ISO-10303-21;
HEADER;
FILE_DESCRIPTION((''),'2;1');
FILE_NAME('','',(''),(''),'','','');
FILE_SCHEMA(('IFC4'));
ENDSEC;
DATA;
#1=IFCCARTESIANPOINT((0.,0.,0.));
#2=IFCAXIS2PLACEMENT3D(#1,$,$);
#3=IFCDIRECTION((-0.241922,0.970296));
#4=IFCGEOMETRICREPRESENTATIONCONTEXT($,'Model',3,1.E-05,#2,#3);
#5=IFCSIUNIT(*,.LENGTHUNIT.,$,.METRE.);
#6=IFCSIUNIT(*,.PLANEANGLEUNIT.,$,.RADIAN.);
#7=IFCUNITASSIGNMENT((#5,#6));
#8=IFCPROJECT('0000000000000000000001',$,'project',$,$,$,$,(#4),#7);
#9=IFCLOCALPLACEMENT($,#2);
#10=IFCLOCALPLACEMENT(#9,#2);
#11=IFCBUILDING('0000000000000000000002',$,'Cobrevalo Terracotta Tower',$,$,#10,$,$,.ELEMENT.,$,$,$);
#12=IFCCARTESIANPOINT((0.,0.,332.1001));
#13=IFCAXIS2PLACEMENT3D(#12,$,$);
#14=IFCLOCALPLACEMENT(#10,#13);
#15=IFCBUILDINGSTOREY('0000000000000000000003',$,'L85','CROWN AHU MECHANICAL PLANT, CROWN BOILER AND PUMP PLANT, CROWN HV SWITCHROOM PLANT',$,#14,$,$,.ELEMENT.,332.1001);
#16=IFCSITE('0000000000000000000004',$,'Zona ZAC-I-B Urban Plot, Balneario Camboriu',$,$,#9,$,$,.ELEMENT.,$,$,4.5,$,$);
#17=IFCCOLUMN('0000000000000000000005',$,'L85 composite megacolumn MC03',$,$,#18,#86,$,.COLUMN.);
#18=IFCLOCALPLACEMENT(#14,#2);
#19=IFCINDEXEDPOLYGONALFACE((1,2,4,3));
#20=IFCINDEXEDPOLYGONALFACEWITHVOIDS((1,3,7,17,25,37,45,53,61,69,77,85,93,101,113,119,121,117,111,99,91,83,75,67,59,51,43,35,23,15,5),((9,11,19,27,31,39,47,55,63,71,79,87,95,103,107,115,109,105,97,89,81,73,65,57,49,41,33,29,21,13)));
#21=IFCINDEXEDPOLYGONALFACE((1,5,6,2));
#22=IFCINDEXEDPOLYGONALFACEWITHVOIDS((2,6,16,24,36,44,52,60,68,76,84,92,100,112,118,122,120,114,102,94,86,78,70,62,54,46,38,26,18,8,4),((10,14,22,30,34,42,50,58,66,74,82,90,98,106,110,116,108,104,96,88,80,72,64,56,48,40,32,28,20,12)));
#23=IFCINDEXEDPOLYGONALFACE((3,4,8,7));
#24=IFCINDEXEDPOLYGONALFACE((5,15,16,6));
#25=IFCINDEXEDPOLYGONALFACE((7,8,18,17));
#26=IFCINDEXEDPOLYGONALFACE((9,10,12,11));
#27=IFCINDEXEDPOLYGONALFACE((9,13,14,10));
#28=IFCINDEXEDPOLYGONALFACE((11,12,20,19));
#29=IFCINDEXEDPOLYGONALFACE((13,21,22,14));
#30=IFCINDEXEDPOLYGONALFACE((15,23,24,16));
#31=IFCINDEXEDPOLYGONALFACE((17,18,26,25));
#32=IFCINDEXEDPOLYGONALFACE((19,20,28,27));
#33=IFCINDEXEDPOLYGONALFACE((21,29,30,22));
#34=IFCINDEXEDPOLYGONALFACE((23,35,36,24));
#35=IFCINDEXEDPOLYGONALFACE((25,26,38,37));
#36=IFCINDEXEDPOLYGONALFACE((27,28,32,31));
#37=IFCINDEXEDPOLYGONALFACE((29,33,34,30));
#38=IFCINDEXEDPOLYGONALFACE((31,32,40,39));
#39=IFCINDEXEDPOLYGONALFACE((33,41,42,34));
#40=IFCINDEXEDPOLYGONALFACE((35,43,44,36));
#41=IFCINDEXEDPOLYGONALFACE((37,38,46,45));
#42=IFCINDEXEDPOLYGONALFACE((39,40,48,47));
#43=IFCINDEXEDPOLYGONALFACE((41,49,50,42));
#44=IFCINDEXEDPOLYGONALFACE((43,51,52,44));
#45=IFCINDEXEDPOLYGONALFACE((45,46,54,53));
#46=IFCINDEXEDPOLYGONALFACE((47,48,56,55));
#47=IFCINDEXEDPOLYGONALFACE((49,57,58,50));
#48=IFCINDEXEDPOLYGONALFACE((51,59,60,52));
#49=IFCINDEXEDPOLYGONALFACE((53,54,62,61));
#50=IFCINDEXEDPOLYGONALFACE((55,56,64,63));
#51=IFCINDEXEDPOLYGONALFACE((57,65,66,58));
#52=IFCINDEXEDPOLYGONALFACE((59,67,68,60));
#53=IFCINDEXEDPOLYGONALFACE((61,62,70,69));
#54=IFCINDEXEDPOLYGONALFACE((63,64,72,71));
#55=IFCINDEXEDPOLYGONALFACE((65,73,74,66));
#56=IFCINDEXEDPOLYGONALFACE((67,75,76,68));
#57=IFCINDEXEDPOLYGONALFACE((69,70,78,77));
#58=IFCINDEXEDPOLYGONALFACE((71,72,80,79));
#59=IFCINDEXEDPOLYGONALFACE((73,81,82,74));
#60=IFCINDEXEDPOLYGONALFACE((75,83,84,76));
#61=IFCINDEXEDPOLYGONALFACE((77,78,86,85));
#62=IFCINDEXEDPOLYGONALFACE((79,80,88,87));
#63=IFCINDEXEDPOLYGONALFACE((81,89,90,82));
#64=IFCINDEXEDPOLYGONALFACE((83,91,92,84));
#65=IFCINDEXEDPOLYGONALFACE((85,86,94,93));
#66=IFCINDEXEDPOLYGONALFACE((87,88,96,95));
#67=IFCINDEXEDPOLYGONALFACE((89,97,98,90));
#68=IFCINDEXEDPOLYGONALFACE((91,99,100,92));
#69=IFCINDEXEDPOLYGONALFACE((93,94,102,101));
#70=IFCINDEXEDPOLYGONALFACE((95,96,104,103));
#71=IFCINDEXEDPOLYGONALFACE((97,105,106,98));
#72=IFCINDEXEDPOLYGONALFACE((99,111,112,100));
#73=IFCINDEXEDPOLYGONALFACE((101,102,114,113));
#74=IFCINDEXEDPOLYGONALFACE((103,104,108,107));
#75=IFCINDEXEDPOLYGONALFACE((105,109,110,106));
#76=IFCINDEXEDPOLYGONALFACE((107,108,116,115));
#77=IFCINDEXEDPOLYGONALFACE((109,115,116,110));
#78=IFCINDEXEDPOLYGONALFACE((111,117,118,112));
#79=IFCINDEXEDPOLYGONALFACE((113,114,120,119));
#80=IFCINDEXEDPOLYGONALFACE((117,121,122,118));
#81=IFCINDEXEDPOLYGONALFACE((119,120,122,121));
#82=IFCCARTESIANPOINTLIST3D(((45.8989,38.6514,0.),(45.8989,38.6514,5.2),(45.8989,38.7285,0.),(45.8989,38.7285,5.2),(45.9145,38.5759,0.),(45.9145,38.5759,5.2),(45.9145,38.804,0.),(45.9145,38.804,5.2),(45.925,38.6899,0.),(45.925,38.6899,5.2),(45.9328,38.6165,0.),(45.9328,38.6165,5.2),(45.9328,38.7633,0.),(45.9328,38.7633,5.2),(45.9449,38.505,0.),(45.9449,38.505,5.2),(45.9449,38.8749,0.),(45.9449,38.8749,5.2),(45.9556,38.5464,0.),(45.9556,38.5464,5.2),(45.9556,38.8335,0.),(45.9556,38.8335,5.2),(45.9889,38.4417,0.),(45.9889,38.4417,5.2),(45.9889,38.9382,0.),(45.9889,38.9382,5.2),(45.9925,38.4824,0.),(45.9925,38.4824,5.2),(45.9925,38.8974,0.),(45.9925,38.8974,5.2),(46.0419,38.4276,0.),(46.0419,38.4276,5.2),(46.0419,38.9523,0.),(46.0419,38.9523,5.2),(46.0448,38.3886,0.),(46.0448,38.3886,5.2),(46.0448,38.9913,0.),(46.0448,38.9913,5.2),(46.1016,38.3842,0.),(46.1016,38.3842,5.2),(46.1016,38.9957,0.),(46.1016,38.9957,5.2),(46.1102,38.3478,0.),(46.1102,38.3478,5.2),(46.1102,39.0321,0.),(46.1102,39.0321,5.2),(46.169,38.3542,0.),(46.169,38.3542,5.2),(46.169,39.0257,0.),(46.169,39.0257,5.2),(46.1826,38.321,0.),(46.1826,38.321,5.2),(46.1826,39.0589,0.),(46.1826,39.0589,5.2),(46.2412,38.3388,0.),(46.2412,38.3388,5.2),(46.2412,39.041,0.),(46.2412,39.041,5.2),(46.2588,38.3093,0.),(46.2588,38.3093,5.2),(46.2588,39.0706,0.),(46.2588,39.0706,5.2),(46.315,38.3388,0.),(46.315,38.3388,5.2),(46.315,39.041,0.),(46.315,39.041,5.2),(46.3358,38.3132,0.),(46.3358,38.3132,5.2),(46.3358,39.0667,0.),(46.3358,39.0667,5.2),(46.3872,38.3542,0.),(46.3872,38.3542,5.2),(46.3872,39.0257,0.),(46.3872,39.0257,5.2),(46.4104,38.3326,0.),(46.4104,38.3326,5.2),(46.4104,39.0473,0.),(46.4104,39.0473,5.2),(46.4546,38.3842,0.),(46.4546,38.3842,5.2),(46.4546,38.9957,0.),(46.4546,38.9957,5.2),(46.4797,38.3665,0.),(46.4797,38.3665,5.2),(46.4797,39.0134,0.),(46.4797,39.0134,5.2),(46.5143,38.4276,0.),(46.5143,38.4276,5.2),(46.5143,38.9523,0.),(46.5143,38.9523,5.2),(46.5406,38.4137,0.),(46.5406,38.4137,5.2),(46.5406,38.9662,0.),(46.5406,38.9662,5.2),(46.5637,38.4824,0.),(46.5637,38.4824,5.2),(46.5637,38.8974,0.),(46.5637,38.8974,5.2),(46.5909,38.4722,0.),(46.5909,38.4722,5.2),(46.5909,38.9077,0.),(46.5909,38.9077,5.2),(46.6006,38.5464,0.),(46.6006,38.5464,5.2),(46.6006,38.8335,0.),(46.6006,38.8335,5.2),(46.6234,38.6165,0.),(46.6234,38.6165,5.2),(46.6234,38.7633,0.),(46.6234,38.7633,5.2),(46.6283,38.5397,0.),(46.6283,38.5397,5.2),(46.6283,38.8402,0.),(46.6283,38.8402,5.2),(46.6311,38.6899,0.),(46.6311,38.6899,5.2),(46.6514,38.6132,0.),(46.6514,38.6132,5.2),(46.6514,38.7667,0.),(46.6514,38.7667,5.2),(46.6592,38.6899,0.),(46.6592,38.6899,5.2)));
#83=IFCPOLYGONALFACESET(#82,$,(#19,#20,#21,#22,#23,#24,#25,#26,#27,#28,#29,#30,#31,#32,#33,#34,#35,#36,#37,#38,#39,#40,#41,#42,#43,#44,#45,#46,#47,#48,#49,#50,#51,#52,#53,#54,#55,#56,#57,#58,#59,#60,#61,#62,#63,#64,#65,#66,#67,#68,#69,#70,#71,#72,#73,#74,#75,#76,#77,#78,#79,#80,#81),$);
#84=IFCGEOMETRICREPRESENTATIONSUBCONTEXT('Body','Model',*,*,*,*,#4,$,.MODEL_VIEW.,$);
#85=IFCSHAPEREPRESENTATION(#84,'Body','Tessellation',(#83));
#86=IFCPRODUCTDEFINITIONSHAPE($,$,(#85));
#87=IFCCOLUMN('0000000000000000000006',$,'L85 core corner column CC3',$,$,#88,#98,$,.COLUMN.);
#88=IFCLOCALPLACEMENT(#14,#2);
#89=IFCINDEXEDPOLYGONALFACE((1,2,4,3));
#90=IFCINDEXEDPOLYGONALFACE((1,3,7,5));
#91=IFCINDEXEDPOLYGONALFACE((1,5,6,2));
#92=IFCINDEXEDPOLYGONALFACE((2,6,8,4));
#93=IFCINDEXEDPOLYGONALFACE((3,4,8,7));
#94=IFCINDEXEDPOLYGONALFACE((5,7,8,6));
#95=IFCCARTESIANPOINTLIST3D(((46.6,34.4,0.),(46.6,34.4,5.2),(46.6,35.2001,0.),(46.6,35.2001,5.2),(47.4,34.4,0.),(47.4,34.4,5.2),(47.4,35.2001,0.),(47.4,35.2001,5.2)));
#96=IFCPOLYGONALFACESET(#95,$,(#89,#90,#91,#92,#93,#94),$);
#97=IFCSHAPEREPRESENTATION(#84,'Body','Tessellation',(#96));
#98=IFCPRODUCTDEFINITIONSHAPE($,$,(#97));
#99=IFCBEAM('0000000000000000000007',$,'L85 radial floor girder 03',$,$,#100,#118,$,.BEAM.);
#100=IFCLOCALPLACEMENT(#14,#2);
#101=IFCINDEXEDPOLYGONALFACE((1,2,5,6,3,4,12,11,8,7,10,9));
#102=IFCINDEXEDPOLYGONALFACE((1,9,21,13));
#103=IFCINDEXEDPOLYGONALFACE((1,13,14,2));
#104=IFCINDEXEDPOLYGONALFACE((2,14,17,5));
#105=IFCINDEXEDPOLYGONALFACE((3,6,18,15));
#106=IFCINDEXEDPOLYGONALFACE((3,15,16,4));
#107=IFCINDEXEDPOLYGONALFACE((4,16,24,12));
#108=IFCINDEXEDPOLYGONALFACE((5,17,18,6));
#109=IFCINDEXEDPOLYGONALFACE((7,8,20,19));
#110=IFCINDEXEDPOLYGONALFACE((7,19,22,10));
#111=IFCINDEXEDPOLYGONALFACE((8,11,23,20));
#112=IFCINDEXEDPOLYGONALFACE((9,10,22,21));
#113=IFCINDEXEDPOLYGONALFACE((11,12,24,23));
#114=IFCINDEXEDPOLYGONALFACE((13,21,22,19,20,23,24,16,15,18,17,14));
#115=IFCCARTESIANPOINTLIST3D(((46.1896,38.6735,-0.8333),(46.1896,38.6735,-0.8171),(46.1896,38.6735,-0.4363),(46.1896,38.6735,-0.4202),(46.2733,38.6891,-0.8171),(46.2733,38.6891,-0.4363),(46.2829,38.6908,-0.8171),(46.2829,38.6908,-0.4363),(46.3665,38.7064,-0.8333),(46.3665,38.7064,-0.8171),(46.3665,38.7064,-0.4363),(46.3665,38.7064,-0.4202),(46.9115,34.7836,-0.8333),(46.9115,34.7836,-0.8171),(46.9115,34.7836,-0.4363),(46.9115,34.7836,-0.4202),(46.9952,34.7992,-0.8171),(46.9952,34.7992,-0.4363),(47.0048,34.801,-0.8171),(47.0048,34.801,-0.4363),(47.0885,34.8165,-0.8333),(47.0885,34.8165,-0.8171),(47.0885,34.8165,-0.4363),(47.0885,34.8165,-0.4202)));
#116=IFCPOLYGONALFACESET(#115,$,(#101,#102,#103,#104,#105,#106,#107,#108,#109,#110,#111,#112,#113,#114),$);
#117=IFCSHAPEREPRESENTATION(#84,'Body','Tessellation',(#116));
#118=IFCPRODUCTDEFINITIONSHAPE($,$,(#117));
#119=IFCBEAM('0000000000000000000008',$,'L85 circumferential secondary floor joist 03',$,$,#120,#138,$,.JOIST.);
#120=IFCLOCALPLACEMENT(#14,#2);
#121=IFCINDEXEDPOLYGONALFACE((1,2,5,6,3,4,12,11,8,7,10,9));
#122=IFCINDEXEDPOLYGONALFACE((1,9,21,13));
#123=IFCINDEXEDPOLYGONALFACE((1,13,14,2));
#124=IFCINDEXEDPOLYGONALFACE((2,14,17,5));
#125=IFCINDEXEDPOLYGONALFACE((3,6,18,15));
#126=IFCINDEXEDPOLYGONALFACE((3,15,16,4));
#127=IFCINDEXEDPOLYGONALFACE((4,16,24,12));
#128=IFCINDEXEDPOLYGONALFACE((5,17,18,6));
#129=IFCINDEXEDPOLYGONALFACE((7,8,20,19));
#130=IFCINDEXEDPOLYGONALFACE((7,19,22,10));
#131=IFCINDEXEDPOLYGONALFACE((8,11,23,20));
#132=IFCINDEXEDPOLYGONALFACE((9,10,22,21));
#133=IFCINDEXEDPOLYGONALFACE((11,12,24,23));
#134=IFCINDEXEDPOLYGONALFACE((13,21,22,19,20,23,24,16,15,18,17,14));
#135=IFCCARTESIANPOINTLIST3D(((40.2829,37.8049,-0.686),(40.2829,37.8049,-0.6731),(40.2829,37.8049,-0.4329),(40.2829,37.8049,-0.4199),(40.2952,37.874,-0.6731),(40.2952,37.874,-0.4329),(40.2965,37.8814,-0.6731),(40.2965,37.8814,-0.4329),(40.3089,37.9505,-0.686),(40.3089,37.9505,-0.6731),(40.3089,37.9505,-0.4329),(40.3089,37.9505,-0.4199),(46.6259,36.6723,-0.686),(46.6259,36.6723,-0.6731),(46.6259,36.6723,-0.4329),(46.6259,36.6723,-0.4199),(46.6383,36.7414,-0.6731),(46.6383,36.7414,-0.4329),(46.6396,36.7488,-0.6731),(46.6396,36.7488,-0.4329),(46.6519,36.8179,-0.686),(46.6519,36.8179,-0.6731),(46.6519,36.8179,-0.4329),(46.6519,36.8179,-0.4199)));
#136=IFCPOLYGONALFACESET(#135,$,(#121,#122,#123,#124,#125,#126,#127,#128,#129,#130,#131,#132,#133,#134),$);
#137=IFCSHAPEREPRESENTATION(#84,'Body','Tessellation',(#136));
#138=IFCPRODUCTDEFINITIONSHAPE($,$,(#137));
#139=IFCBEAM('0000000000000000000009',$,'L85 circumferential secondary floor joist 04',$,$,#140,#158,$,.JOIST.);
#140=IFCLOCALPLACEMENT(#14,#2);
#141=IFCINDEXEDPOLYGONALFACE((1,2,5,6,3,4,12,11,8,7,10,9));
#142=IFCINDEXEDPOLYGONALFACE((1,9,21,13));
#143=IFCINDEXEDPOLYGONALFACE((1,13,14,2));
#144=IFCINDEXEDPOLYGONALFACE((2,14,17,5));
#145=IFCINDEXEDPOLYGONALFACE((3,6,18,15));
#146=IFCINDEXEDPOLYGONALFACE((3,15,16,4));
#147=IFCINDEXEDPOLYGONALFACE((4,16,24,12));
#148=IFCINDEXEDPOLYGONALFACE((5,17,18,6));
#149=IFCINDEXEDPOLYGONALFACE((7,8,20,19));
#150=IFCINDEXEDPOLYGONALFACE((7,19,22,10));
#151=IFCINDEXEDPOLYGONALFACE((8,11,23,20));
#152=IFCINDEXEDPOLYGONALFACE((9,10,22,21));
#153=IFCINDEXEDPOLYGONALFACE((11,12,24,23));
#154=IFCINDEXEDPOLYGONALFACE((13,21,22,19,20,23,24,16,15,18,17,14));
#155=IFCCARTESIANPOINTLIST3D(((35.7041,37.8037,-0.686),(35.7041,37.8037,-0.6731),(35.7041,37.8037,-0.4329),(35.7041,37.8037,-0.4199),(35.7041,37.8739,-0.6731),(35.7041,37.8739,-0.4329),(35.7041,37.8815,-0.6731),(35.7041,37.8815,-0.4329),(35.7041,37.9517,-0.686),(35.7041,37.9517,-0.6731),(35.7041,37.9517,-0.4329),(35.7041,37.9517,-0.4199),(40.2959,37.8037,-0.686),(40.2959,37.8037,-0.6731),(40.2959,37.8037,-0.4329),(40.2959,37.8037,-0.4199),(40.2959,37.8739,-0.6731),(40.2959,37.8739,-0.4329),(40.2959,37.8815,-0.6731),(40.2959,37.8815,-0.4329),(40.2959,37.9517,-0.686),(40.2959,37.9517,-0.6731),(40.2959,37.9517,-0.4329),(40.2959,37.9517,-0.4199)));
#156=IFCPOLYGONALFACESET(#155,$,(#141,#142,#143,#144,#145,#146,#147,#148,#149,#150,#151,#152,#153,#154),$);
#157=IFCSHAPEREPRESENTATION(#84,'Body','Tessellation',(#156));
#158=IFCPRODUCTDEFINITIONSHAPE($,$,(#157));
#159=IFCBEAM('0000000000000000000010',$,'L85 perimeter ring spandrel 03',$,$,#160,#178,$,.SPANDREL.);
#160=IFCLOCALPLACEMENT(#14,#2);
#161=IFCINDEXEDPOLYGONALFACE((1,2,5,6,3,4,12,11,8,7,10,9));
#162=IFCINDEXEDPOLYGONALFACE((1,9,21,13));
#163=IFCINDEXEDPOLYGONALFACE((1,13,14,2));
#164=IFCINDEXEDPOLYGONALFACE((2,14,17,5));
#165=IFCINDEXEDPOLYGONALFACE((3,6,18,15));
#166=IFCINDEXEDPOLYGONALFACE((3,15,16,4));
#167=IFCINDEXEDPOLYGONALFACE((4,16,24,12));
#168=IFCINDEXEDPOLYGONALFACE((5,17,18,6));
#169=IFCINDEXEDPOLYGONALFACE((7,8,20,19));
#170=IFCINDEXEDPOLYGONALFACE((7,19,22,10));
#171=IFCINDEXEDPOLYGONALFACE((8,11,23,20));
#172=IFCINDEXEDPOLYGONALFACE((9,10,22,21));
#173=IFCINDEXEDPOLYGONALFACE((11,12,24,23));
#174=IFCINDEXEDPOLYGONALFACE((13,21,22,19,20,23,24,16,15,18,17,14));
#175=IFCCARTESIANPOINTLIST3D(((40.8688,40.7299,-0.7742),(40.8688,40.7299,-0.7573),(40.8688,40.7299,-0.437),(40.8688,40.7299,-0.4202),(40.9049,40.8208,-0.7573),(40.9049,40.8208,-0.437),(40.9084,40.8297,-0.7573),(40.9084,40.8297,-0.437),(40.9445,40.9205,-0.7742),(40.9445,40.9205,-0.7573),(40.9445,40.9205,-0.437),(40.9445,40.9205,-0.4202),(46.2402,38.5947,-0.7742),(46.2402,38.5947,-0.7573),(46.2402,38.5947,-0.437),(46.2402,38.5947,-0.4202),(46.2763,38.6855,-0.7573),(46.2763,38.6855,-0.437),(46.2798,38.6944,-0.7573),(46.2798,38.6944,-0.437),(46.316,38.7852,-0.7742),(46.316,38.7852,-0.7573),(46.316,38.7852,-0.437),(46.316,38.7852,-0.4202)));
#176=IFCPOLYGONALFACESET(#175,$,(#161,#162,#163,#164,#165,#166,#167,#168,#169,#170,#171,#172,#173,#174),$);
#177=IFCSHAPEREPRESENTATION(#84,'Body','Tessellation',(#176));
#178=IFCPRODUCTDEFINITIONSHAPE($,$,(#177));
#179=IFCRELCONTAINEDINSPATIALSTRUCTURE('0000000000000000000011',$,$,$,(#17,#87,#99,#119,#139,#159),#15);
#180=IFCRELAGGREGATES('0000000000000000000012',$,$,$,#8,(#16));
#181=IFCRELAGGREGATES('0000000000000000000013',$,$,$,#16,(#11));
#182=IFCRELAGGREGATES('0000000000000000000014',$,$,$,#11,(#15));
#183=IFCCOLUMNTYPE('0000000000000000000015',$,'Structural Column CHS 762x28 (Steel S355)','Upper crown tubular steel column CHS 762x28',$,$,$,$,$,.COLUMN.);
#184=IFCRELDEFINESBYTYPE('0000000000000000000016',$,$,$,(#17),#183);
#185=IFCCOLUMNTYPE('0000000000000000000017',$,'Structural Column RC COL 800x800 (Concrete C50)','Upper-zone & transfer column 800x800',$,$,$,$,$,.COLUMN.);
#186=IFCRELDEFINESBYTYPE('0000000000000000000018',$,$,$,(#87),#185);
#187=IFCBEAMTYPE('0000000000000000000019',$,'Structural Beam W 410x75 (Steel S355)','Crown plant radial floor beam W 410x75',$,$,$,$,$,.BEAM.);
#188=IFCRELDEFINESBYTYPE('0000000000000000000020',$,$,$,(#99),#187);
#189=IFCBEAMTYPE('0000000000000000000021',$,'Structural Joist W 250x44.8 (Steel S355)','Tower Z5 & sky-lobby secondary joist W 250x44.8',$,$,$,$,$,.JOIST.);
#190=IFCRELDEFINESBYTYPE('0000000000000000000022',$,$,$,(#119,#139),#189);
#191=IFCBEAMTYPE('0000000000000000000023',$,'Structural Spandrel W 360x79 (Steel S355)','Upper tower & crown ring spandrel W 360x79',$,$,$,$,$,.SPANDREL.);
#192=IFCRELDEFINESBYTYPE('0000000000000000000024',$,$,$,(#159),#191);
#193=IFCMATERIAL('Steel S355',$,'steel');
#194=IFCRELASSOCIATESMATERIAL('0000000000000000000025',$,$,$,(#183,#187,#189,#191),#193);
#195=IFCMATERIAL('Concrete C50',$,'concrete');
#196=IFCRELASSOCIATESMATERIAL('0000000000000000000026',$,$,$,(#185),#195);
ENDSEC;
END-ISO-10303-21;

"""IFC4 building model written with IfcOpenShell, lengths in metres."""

from ifc_helpers import new_model, si_unit, direction, frame, origin, origin_2d, place, context, subcontext, project, spatial, rectangle, hollow_circle, i_section, extrude, material, material_profile, profile_set, type_object, element, save


model = new_model("IFC4")

# Units and contexts
model_context = context("Model", 3, precision=1e-05, world=origin(), true_north=direction((-0.241922, 0.970296)))
body_context = subcontext(model_context, "Body", "Model", "MODEL_VIEW")
ifc_project = project(units=[si_unit("LENGTHUNIT", "METRE"), si_unit("PLANEANGLEUNIT", "RADIAN")], contexts=[model_context])

# Site, building, storey
site_placement = place(None, origin())
site = spatial("IfcSite", under=ifc_project, at=site_placement, Name="Zona ZAC-I-B Urban Plot, Balneario Camboriu", CompositionType="ELEMENT", RefElevation=4.5)
building_placement = place(site_placement, origin())
building = spatial("IfcBuilding", under=site, at=building_placement, Name="Cobrevalo Terracotta Tower", CompositionType="ELEMENT")
storey_placement = place(building_placement, frame((0.0, 0.0, 332.1001)))
storey = spatial("IfcBuildingStorey", under=building, at=storey_placement, Name="L85", Description="CROWN AHU MECHANICAL PLANT, CROWN BOILER AND PUMP PLANT, CROWN HV SWITCHROOM PLANT", CompositionType="ELEMENT", Elevation=332.1001)

# Columns
ifc_material_1 = material(Name="Steel S355", Category="steel")
ifc_material_profile_1 = material_profile(ifc_material_1, hollow_circle(Radius=0.3811, WallThickness=0.0281, at=origin_2d()), Name="CHS 762x28")
ifc_profile_set_1 = profile_set([ifc_material_profile_1], Name="Steel S355")
column_type_1 = type_object("IfcColumnType", Name="Structural Column CHS 762x28 (Steel S355)", Description="Upper crown tubular steel column CHS 762x28", PredefinedType="COLUMN", material=ifc_profile_set_1)
column_1_placement = place(storey_placement, frame((46.2781, 38.6899, 0.0), z_axis=(0.0, 0.0, 1.0), x_axis=(1.0, 0.0, 0.0)))
element("IfcColumn", 1, at=column_1_placement, inside=storey, type_object=column_type_1, Name="L85 composite megacolumn MC03", PredefinedType="COLUMN", context=body_context, shape_type="SweptSolid", body=[
    extrude(hollow_circle(Radius=0.3811, WallThickness=0.0281, at=origin_2d()), origin(), (0.0, 0.0, 1.0), 5.2),
])
ifc_material_2 = material(Name="Concrete C50", Category="concrete")
ifc_material_profile_2 = material_profile(ifc_material_2, rectangle(XDim=0.8, YDim=0.8, at=origin_2d()), Name="RC COL 800x800")
ifc_profile_set_2 = profile_set([ifc_material_profile_2], Name="Concrete C50")
column_type_2 = type_object("IfcColumnType", Name="Structural Column RC COL 800x800 (Concrete C50)", Description="Upper-zone & transfer column 800x800", PredefinedType="COLUMN", material=ifc_profile_set_2)
column_2_placement = place(storey_placement, frame((47.0, 34.8, 0.0), z_axis=(0.0, 0.0, 1.0), x_axis=(1.0, 0.0, 0.0)))
element("IfcColumn", 2, at=column_2_placement, inside=storey, type_object=column_type_2, Name="L85 core corner column CC3", PredefinedType="COLUMN", context=body_context, shape_type="SweptSolid", body=[
    extrude(rectangle(XDim=0.8, YDim=0.8, at=origin_2d()), origin(), (0.0, 0.0, 1.0), 5.2),
])

# Beams
ifc_material_profile_3 = material_profile(ifc_material_1, i_section(OverallWidth=0.1799, OverallDepth=0.4131, WebThickness=0.0098, FlangeThickness=0.0161, at=origin_2d()), Name="W 410x75")
ifc_profile_set_3 = profile_set([ifc_material_profile_3], Name="Steel S355")
beam_type_1 = type_object("IfcBeamType", Name="Structural Beam W 410x75 (Steel S355)", Description="Crown plant radial floor beam W 410x75", PredefinedType="BEAM", material=ifc_profile_set_3)
beam_1_placement = place(storey_placement, frame((46.2781, 38.6899, -0.6267), z_axis=(0.182474, -0.983211, 0.0), x_axis=(0.983211, 0.182474, 0.0)))
element("IfcBeam", 3, at=beam_1_placement, inside=storey, type_object=beam_type_1, Name="L85 radial floor girder 03", PredefinedType="BEAM", context=body_context, shape_type="SweptSolid", body=[
    extrude(i_section(OverallWidth=0.1799, OverallDepth=0.4131, WebThickness=0.0098, FlangeThickness=0.0161, at=origin_2d()), origin(), (0.0, 0.0, 1.0), 3.9563),
])
ifc_material_profile_4 = material_profile(ifc_material_1, i_section(OverallWidth=0.1479, OverallDepth=0.2661, WebThickness=0.0076, FlangeThickness=0.0129, at=origin_2d()), Name="W 250x44.8")
ifc_profile_set_4 = profile_set([ifc_material_profile_4], Name="Steel S355")
beam_type_2 = type_object("IfcBeamType", Name="Structural Joist W 250x44.8 (Steel S355)", Description="Tower Z5 & sky-lobby secondary joist W 250x44.8", PredefinedType="JOIST", material=ifc_profile_set_4)
beam_2_placement = place(storey_placement, frame((46.6389, 36.7451, -0.553), z_axis=(-0.984431, 0.175774, 0.0), x_axis=(-0.175774, -0.984431, 0.0)))
element("IfcBeam", 4, at=beam_2_placement, inside=storey, type_object=beam_type_2, Name="L85 circumferential secondary floor joist 03", PredefinedType="JOIST", context=body_context, shape_type="SweptSolid", body=[
    extrude(i_section(OverallWidth=0.1479, OverallDepth=0.2661, WebThickness=0.0076, FlangeThickness=0.0129, at=origin_2d()), origin(), (0.0, 0.0, 1.0), 6.4434),
])
beam_3_placement = place(storey_placement, frame((40.2959, 37.8777, -0.553), z_axis=(-1.0, 0.0, 0.0), x_axis=(0.0, -1.0, 0.0)))
element("IfcBeam", 5, at=beam_3_placement, inside=storey, type_object=beam_type_2, Name="L85 circumferential secondary floor joist 04", PredefinedType="JOIST", context=body_context, shape_type="SweptSolid", body=[
    extrude(i_section(OverallWidth=0.1479, OverallDepth=0.2661, WebThickness=0.0076, FlangeThickness=0.0129, at=origin_2d()), origin(), (0.0, 0.0, 1.0), 4.5918),
])
ifc_material_profile_5 = material_profile(ifc_material_1, i_section(OverallWidth=0.2051, OverallDepth=0.354, WebThickness=0.0095, FlangeThickness=0.0168, at=origin_2d()), Name="W 360x79")
ifc_profile_set_5 = profile_set([ifc_material_profile_5], Name="Steel S355")
beam_type_3 = type_object("IfcBeamType", Name="Structural Spandrel W 360x79 (Steel S355)", Description="Upper tower & crown ring spandrel W 360x79", PredefinedType="SPANDREL", material=ifc_profile_set_5)
beam_4_placement = place(storey_placement, frame((46.2781, 38.6899, -0.5972), z_axis=(-0.929267, 0.369409, 0.0), x_axis=(-0.369409, -0.929267, 0.0)))
element("IfcBeam", 6, at=beam_4_placement, inside=storey, type_object=beam_type_3, Name="L85 perimeter ring spandrel 03", PredefinedType="SPANDREL", context=body_context, shape_type="SweptSolid", body=[
    extrude(i_section(OverallWidth=0.2051, OverallDepth=0.354, WebThickness=0.0095, FlangeThickness=0.0168, at=origin_2d()), origin(), (0.0, 0.0, 1.0), 5.7803),
])

save(model, "model.ifc")
